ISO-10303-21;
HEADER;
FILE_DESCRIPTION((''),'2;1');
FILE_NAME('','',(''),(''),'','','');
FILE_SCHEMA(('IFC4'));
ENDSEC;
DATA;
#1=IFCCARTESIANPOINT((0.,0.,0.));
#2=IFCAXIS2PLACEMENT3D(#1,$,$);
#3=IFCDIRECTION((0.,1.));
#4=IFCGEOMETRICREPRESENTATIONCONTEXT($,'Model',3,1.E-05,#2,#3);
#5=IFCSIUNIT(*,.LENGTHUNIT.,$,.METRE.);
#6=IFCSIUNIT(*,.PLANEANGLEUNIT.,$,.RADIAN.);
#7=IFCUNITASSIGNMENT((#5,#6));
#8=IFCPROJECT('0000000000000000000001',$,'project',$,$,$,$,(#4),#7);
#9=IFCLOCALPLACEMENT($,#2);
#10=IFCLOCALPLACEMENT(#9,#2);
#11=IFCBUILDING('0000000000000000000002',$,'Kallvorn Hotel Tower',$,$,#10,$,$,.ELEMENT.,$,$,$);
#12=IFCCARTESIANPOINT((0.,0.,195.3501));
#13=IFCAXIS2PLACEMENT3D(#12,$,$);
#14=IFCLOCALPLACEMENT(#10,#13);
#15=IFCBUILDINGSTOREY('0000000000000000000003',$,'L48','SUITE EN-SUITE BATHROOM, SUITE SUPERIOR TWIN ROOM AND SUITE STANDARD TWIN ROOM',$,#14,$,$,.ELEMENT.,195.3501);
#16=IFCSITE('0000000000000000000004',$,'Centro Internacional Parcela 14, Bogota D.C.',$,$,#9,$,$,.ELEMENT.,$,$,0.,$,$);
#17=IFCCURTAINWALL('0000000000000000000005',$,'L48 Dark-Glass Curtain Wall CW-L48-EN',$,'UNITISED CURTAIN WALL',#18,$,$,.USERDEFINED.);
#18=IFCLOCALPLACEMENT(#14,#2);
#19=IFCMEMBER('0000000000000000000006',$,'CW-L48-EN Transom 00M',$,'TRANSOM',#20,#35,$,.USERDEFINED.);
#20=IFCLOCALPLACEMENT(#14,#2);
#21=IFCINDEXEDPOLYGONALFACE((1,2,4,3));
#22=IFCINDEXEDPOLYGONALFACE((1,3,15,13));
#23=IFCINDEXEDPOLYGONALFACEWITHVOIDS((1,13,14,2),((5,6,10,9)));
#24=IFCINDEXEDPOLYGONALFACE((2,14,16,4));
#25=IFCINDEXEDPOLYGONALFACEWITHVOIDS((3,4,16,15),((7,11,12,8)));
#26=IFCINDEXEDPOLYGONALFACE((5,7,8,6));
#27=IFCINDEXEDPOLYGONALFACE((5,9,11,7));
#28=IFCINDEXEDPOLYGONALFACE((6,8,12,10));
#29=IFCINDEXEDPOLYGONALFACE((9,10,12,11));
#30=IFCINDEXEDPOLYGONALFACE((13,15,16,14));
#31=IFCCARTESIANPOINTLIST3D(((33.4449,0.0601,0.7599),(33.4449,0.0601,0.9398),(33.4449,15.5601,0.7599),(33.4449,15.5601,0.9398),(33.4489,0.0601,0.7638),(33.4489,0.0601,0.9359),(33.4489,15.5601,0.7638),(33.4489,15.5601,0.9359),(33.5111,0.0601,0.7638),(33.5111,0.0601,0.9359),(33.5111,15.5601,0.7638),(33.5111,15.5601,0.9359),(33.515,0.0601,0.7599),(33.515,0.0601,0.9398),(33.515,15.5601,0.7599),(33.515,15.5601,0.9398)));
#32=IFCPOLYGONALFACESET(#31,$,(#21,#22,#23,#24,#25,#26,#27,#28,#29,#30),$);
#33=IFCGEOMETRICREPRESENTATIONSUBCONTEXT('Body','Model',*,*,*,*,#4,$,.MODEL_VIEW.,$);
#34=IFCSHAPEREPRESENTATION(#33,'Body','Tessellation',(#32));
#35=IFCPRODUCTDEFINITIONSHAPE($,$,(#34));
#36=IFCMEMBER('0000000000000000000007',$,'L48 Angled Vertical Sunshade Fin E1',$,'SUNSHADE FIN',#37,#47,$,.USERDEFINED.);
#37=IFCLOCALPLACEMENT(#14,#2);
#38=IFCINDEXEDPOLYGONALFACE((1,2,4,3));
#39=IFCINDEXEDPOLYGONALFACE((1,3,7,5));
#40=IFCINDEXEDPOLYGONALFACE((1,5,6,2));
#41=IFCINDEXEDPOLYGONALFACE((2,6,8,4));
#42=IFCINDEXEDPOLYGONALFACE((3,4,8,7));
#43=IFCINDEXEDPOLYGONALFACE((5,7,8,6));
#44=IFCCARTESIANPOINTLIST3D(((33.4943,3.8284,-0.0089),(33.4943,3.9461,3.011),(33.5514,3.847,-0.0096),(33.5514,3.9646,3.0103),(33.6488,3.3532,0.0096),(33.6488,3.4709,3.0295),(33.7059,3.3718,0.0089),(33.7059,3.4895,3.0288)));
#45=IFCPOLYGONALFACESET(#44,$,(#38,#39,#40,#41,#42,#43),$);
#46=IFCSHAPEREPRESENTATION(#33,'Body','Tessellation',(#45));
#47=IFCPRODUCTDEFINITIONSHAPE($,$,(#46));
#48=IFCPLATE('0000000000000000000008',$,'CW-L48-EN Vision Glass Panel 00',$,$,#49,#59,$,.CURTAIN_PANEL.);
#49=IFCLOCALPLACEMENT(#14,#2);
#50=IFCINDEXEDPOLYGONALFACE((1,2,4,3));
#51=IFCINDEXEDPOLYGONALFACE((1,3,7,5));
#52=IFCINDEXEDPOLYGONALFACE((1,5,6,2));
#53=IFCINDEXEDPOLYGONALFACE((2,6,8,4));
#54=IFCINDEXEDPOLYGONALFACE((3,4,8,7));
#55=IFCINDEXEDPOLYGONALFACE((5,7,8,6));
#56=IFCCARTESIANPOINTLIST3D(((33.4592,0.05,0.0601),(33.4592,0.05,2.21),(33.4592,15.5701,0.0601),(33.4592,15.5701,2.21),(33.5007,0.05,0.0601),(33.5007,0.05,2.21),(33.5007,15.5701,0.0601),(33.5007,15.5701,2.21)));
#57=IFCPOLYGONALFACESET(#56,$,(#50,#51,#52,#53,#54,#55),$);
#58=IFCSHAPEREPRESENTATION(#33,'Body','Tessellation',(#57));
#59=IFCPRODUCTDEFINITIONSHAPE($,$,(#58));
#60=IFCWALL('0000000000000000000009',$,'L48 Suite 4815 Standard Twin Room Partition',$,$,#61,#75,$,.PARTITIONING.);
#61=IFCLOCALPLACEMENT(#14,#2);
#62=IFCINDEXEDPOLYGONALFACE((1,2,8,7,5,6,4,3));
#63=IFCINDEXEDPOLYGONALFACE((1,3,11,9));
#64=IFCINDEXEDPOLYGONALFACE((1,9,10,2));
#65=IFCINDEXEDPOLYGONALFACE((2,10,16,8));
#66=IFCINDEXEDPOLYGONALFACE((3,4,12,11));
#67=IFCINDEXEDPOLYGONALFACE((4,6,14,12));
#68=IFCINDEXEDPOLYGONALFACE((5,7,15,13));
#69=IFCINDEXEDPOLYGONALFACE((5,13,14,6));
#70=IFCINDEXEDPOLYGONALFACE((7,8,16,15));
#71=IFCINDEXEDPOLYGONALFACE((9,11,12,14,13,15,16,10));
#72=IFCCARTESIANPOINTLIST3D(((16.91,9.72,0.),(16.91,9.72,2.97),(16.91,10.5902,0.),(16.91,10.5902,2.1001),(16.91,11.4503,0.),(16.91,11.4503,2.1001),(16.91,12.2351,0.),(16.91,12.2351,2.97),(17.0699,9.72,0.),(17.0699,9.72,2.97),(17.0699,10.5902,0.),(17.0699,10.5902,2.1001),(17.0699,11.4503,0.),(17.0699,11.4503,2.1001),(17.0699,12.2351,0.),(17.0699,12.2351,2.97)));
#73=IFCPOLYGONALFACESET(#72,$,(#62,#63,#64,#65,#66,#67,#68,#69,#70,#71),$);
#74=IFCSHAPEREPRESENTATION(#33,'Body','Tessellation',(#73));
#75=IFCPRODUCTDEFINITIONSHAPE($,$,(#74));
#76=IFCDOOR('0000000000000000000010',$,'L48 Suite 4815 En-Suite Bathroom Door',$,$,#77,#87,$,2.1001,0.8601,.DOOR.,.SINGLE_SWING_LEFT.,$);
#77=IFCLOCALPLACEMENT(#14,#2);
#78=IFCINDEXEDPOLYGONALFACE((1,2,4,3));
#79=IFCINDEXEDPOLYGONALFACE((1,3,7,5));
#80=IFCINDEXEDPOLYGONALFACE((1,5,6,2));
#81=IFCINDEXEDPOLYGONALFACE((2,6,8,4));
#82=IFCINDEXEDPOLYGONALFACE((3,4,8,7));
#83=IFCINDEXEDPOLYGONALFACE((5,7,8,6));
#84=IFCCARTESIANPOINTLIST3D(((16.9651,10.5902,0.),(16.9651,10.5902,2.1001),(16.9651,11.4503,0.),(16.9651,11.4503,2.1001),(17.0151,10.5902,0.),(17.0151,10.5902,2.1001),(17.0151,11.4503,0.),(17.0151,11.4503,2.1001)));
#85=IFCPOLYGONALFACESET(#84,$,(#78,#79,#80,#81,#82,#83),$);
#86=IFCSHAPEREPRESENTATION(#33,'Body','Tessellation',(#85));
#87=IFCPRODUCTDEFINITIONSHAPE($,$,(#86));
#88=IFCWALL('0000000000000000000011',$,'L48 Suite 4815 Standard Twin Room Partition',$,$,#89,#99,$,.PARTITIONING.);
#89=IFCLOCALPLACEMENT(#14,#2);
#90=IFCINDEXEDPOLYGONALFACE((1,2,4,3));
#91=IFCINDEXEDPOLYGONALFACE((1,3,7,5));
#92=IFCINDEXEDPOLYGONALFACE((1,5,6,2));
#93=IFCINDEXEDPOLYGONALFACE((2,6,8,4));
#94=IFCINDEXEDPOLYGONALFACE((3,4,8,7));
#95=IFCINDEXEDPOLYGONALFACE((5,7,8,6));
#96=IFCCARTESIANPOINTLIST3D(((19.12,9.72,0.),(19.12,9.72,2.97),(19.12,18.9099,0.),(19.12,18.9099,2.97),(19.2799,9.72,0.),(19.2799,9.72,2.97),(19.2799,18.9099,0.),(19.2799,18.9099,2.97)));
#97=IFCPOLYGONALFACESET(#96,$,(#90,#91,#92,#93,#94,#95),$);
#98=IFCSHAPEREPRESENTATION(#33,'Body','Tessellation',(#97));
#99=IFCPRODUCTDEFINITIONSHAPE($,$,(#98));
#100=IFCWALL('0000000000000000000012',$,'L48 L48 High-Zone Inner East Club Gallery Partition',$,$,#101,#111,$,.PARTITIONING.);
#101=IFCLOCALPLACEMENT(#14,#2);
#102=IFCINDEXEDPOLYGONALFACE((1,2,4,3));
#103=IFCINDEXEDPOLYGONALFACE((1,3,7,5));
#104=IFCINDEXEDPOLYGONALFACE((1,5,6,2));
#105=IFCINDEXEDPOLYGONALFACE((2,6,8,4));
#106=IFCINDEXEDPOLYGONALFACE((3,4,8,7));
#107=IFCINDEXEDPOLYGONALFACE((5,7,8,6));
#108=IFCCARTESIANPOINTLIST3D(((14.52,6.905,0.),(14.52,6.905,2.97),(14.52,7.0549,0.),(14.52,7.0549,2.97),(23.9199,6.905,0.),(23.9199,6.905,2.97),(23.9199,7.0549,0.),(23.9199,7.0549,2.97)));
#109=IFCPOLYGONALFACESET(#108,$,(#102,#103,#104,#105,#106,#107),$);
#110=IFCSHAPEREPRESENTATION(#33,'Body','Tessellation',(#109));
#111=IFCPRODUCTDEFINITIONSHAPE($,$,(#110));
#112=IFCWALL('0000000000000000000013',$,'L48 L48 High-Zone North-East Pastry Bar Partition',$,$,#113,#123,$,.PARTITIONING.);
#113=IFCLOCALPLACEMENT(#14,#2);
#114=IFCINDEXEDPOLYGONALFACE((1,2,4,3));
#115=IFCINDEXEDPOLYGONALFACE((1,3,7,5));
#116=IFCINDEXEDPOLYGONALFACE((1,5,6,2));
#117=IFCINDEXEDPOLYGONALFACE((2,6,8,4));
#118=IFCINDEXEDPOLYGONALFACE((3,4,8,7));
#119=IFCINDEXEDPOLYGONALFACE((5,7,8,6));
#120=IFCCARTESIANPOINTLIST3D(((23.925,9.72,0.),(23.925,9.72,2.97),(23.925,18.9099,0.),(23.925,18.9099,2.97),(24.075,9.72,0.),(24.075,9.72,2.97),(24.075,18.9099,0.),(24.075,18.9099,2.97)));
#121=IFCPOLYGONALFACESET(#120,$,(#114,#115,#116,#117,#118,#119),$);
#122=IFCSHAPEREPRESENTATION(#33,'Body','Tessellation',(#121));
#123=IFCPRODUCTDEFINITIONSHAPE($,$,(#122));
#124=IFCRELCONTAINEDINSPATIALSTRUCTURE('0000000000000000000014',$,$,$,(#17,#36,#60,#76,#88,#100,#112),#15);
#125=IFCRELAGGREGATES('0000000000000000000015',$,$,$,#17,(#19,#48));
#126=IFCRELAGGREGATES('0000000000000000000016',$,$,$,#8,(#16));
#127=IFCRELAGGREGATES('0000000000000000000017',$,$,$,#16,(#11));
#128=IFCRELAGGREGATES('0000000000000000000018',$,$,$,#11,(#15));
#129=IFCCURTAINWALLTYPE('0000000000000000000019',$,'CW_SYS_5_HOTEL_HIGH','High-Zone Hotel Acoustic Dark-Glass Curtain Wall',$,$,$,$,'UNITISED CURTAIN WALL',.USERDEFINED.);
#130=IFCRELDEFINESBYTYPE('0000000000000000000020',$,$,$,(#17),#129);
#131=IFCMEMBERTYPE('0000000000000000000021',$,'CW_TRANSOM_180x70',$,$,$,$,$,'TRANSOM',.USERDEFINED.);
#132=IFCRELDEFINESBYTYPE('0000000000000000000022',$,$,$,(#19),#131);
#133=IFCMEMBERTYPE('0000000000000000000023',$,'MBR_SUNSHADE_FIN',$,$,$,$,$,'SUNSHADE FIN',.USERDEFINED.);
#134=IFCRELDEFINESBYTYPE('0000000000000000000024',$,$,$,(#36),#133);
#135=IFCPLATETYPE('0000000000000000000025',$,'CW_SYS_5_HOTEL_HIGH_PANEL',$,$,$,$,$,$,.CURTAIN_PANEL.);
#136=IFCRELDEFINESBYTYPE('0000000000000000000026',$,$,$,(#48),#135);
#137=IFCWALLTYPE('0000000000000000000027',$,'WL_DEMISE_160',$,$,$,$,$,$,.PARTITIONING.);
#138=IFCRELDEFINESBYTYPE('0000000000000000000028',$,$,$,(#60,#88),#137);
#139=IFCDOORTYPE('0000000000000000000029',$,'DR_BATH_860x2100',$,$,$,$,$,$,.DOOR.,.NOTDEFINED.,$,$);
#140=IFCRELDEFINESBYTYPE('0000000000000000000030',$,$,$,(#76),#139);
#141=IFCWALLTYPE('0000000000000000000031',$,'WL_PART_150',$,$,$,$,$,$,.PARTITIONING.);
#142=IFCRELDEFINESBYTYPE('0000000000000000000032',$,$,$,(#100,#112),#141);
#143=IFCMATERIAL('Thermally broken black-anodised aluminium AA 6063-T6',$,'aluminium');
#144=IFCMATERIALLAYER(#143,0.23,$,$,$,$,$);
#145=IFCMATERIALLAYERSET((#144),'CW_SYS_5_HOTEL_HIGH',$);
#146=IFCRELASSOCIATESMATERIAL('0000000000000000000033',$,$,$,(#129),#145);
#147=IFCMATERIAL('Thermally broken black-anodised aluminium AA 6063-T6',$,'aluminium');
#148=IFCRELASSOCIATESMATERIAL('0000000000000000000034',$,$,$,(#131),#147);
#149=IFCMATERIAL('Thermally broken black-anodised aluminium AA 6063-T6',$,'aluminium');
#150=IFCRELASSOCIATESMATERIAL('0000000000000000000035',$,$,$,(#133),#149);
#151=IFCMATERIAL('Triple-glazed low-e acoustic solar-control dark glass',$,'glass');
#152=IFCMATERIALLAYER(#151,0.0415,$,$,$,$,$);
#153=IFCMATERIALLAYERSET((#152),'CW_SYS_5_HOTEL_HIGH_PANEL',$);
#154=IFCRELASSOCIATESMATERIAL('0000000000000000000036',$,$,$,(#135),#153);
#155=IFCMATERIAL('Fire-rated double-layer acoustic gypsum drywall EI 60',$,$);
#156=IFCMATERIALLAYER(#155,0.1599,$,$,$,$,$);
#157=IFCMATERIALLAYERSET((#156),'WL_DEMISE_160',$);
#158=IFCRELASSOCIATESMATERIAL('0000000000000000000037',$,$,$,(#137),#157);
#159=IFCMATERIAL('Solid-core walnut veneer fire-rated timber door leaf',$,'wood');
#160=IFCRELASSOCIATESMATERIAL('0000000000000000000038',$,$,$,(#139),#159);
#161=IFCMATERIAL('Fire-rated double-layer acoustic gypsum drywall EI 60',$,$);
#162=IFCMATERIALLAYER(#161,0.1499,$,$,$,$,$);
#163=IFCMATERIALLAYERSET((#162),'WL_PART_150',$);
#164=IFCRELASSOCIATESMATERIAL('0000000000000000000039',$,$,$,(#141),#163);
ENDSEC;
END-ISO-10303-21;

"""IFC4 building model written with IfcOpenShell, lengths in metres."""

from ifc_helpers import new_model, si_unit, direction, frame, frame_2d, origin, origin_2d, place, context, subcontext, project, spatial, rectangle, hollow_rectangle, extrude, material, layer, layer_set, material_profile, profile_set, type_object, element, fill, aggregate, save


model = new_model("IFC4")

# Units and contexts
model_context = context("Model", 3, precision=1e-05, world=origin(), true_north=direction((0.0, 1.0)))
body_context = subcontext(model_context, "Body", "Model", "MODEL_VIEW")
ifc_project = project(units=[si_unit("LENGTHUNIT", "METRE"), si_unit("PLANEANGLEUNIT", "RADIAN")], contexts=[model_context])

# Site, building, storey
site_placement = place(None, origin())
site = spatial("IfcSite", under=ifc_project, at=site_placement, Name="Centro Internacional Parcela 14, Bogota D.C.", CompositionType="ELEMENT", RefElevation=0.0)
building_placement = place(site_placement, origin())
building = spatial("IfcBuilding", under=site, at=building_placement, Name="Kallvorn Hotel Tower", CompositionType="ELEMENT")
storey_placement = place(building_placement, frame((0.0, 0.0, 195.3501)))
storey = spatial("IfcBuildingStorey", under=building, at=storey_placement, Name="L48", Description="SUITE EN-SUITE BATHROOM, SUITE SUPERIOR TWIN ROOM AND SUITE STANDARD TWIN ROOM", CompositionType="ELEMENT", Elevation=195.3501)

# Curtain wall, member
ifc_material_1 = material(Name="Thermally broken black-anodised aluminium AA 6063-T6", Category="aluminium")
ifc_layer_1 = layer(ifc_material_1, 0.23)
ifc_layer_set_1 = layer_set([ifc_layer_1], Name="CW_SYS_5_HOTEL_HIGH")
curtain_wall_type = type_object("IfcCurtainWallType", Name="CW_SYS_5_HOTEL_HIGH", Description="High-Zone Hotel Acoustic Dark-Glass Curtain Wall", ElementType="UNITISED CURTAIN WALL", PredefinedType="USERDEFINED", material=ifc_layer_set_1)
curtain_wall_placement = place(storey_placement, origin())
curtain_wall = element("IfcCurtainWall", 1, at=curtain_wall_placement, inside=storey, type_object=curtain_wall_type, Name="L48 Dark-Glass Curtain Wall CW-L48-EN", ObjectType="UNITISED CURTAIN WALL", PredefinedType="USERDEFINED")
ifc_material_2 = material(Name="Thermally broken black-anodised aluminium AA 6063-T6", Category="aluminium")
ifc_material_profile_1 = material_profile(ifc_material_2, hollow_rectangle(XDim=0.0701, YDim=0.1799, WallThickness=0.0039, at=origin_2d()), Name="TRN 180x70")
ifc_profile_set_1 = profile_set([ifc_material_profile_1], Name="Thermally broken black-anodised aluminium AA 6063-T6")
member_type_1 = type_object("IfcMemberType", Name="CW_TRANSOM_180x70", ElementType="TRANSOM", PredefinedType="USERDEFINED", material=ifc_profile_set_1)
member_1_placement = place(storey_placement, frame((33.48, 0.0601, 0.8499), z_axis=(0.0, 1.0, 0.0), x_axis=(-1.0, 0.0, 0.0)))
member_1 = element("IfcMember", 2, at=member_1_placement, type_object=member_type_1, Name="CW-L48-EN Transom 00M", ObjectType="TRANSOM", PredefinedType="USERDEFINED", context=body_context, shape_type="SweptSolid", body=[
    extrude(hollow_rectangle(XDim=0.0701, YDim=0.1799, WallThickness=0.0039, at=origin_2d()), origin(), (0.0, 0.0, 1.0), 15.5),
])

# Member
ifc_material_3 = material(Name="Thermally broken black-anodised aluminium AA 6063-T6", Category="aluminium")
ifc_material_profile_2 = material_profile(ifc_material_3, rectangle(XDim=0.0601, YDim=0.5, at=origin_2d()), Name="FIN 500x60")
ifc_profile_set_2 = profile_set([ifc_material_profile_2], Name="Thermally broken black-anodised aluminium AA 6063-T6")
member_type_2 = type_object("IfcMemberType", Name="MBR_SUNSHADE_FIN", ElementType="SUNSHADE FIN", PredefinedType="USERDEFINED", material=ifc_profile_set_2)
member_2_placement = place(storey_placement, frame((33.6001, 3.6001, 0.0), z_axis=(0.0, 0.038936, 0.999242), x_axis=(-0.951057, -0.308783, 0.012032)))
element("IfcMember", 3, at=member_2_placement, inside=storey, type_object=member_type_2, Name="L48 Angled Vertical Sunshade Fin E1", ObjectType="SUNSHADE FIN", PredefinedType="USERDEFINED", context=body_context, shape_type="SweptSolid", body=[
    extrude(rectangle(XDim=0.0601, YDim=0.5, at=origin_2d()), origin(), (0.0, 0.0, 1.0), 3.0222),
])

# Plate
ifc_material_4 = material(Name="Triple-glazed low-e acoustic solar-control dark glass", Category="glass")
ifc_layer_2 = layer(ifc_material_4, 0.0415)
ifc_layer_set_2 = layer_set([ifc_layer_2], Name="CW_SYS_5_HOTEL_HIGH_PANEL")
plate_type = type_object("IfcPlateType", Name="CW_SYS_5_HOTEL_HIGH_PANEL", PredefinedType="CURTAIN_PANEL", material=ifc_layer_set_2)
plate_placement = place(storey_placement, frame((33.48, 7.8101, 0.0601), z_axis=(0.0, 0.0, 1.0), x_axis=(0.0, 1.0, 0.0)))
plate = element("IfcPlate", 4, at=plate_placement, type_object=plate_type, Name="CW-L48-EN Vision Glass Panel 00", PredefinedType="CURTAIN_PANEL", context=body_context, shape_type="SweptSolid", body=[
    extrude(rectangle(XDim=15.52, YDim=0.0415, at=origin_2d()), origin(), (0.0, 0.0, 1.0), 2.1499),
])
aggregate(curtain_wall, [member_1, plate])

# Wall, opening, door
ifc_material_5 = material(Name="Fire-rated double-layer acoustic gypsum drywall EI 60")
ifc_layer_3 = layer(ifc_material_5, 0.1599)
ifc_layer_set_3 = layer_set([ifc_layer_3], Name="WL_DEMISE_160")
wall_type_1 = type_object("IfcWallType", Name="WL_DEMISE_160", PredefinedType="PARTITIONING", material=ifc_layer_set_3)
wall_1_placement = place(storey_placement, frame((16.99, 9.72, 0.0), z_axis=(0.0, 0.0, 1.0), x_axis=(0.0, 1.0, 0.0)))
wall_1 = element("IfcWall", 5, at=wall_1_placement, inside=storey, type_object=wall_type_1, Name="L48 Suite 4815 Standard Twin Room Partition", PredefinedType="PARTITIONING", context=body_context, shape_type="SweptSolid", body=[
    extrude(rectangle(XDim=2.5151, YDim=0.1599, at=frame_2d((1.2576, 0.0))), origin(), (0.0, 0.0, 1.0), 2.97),
])
opening_placement = place(wall_1_placement, frame((0.8701, 0.0, 0.0)))
opening = element("IfcOpeningElement", 6, at=opening_placement, cuts=wall_1, PredefinedType="OPENING", context=body_context, shape_type="SweptSolid", body=[
    extrude(rectangle(XDim=0.8601, YDim=2.1001, at=frame_2d((0.4302, 1.05))), frame((0.0, 0.095, 0.0), z_axis=(0.0, -1.0, 0.0), x_axis=(1.0, 0.0, 0.0)), (0.0, 0.0, 1.0), 0.1899),
])
ifc_material_6 = material(Name="Solid-core walnut veneer fire-rated timber door leaf", Category="wood")
door_type = type_object("IfcDoorType", Name="DR_BATH_860x2100", OperationType="NOTDEFINED", PredefinedType="DOOR", material=ifc_material_6)
door_placement = place(opening_placement, origin())
door = element("IfcDoor", 7, at=door_placement, inside=storey, type_object=door_type, Name="L48 Suite 4815 En-Suite Bathroom Door", OperationType="SINGLE_SWING_LEFT", OverallHeight=2.1001, OverallWidth=0.8601, PredefinedType="DOOR", context=body_context, shape_type="SweptSolid", body=[
    extrude(rectangle(XDim=0.8601, YDim=2.1001, at=frame_2d((0.4302, 1.05))), frame((0.0, 0.0249, 0.0), z_axis=(0.0, -1.0, 0.0), x_axis=(1.0, 0.0, 0.0)), (0.0, 0.0, 1.0), 0.05),
])
fill(opening, door)

# Walls
wall_2_placement = place(storey_placement, frame((19.2, 9.72, 0.0), z_axis=(0.0, 0.0, 1.0), x_axis=(0.0, 1.0, 0.0)))
element("IfcWall", 8, at=wall_2_placement, inside=storey, type_object=wall_type_1, Name="L48 Suite 4815 Standard Twin Room Partition", PredefinedType="PARTITIONING", context=body_context, shape_type="SweptSolid", body=[
    extrude(rectangle(XDim=9.1899, YDim=0.1599, at=frame_2d((4.595, 0.0))), origin(), (0.0, 0.0, 1.0), 2.97),
])
ifc_material_7 = material(Name="Fire-rated double-layer acoustic gypsum drywall EI 60")
ifc_layer_4 = layer(ifc_material_7, 0.1499)
ifc_layer_set_4 = layer_set([ifc_layer_4], Name="WL_PART_150")
wall_type_2 = type_object("IfcWallType", Name="WL_PART_150", PredefinedType="PARTITIONING", material=ifc_layer_set_4)
wall_3_placement = place(storey_placement, frame((14.52, 6.98, 0.0), z_axis=(0.0, 0.0, 1.0), x_axis=(1.0, 0.0, 0.0)))
element("IfcWall", 9, at=wall_3_placement, inside=storey, type_object=wall_type_2, Name="L48 L48 High-Zone Inner East Club Gallery Partition", PredefinedType="PARTITIONING", context=body_context, shape_type="SweptSolid", body=[
    extrude(rectangle(XDim=9.3999, YDim=0.1499, at=frame_2d((4.7, 0.0))), origin(), (0.0, 0.0, 1.0), 2.97),
])
wall_4_placement = place(storey_placement, frame((24.0, 9.72, 0.0), z_axis=(0.0, 0.0, 1.0), x_axis=(0.0, 1.0, 0.0)))
element("IfcWall", 10, at=wall_4_placement, inside=storey, type_object=wall_type_2, Name="L48 L48 High-Zone North-East Pastry Bar Partition", PredefinedType="PARTITIONING", context=body_context, shape_type="SweptSolid", body=[
    extrude(rectangle(XDim=9.1899, YDim=0.1499, at=frame_2d((4.595, 0.0))), origin(), (0.0, 0.0, 1.0), 2.97),
])

save(model, "model.ifc")
